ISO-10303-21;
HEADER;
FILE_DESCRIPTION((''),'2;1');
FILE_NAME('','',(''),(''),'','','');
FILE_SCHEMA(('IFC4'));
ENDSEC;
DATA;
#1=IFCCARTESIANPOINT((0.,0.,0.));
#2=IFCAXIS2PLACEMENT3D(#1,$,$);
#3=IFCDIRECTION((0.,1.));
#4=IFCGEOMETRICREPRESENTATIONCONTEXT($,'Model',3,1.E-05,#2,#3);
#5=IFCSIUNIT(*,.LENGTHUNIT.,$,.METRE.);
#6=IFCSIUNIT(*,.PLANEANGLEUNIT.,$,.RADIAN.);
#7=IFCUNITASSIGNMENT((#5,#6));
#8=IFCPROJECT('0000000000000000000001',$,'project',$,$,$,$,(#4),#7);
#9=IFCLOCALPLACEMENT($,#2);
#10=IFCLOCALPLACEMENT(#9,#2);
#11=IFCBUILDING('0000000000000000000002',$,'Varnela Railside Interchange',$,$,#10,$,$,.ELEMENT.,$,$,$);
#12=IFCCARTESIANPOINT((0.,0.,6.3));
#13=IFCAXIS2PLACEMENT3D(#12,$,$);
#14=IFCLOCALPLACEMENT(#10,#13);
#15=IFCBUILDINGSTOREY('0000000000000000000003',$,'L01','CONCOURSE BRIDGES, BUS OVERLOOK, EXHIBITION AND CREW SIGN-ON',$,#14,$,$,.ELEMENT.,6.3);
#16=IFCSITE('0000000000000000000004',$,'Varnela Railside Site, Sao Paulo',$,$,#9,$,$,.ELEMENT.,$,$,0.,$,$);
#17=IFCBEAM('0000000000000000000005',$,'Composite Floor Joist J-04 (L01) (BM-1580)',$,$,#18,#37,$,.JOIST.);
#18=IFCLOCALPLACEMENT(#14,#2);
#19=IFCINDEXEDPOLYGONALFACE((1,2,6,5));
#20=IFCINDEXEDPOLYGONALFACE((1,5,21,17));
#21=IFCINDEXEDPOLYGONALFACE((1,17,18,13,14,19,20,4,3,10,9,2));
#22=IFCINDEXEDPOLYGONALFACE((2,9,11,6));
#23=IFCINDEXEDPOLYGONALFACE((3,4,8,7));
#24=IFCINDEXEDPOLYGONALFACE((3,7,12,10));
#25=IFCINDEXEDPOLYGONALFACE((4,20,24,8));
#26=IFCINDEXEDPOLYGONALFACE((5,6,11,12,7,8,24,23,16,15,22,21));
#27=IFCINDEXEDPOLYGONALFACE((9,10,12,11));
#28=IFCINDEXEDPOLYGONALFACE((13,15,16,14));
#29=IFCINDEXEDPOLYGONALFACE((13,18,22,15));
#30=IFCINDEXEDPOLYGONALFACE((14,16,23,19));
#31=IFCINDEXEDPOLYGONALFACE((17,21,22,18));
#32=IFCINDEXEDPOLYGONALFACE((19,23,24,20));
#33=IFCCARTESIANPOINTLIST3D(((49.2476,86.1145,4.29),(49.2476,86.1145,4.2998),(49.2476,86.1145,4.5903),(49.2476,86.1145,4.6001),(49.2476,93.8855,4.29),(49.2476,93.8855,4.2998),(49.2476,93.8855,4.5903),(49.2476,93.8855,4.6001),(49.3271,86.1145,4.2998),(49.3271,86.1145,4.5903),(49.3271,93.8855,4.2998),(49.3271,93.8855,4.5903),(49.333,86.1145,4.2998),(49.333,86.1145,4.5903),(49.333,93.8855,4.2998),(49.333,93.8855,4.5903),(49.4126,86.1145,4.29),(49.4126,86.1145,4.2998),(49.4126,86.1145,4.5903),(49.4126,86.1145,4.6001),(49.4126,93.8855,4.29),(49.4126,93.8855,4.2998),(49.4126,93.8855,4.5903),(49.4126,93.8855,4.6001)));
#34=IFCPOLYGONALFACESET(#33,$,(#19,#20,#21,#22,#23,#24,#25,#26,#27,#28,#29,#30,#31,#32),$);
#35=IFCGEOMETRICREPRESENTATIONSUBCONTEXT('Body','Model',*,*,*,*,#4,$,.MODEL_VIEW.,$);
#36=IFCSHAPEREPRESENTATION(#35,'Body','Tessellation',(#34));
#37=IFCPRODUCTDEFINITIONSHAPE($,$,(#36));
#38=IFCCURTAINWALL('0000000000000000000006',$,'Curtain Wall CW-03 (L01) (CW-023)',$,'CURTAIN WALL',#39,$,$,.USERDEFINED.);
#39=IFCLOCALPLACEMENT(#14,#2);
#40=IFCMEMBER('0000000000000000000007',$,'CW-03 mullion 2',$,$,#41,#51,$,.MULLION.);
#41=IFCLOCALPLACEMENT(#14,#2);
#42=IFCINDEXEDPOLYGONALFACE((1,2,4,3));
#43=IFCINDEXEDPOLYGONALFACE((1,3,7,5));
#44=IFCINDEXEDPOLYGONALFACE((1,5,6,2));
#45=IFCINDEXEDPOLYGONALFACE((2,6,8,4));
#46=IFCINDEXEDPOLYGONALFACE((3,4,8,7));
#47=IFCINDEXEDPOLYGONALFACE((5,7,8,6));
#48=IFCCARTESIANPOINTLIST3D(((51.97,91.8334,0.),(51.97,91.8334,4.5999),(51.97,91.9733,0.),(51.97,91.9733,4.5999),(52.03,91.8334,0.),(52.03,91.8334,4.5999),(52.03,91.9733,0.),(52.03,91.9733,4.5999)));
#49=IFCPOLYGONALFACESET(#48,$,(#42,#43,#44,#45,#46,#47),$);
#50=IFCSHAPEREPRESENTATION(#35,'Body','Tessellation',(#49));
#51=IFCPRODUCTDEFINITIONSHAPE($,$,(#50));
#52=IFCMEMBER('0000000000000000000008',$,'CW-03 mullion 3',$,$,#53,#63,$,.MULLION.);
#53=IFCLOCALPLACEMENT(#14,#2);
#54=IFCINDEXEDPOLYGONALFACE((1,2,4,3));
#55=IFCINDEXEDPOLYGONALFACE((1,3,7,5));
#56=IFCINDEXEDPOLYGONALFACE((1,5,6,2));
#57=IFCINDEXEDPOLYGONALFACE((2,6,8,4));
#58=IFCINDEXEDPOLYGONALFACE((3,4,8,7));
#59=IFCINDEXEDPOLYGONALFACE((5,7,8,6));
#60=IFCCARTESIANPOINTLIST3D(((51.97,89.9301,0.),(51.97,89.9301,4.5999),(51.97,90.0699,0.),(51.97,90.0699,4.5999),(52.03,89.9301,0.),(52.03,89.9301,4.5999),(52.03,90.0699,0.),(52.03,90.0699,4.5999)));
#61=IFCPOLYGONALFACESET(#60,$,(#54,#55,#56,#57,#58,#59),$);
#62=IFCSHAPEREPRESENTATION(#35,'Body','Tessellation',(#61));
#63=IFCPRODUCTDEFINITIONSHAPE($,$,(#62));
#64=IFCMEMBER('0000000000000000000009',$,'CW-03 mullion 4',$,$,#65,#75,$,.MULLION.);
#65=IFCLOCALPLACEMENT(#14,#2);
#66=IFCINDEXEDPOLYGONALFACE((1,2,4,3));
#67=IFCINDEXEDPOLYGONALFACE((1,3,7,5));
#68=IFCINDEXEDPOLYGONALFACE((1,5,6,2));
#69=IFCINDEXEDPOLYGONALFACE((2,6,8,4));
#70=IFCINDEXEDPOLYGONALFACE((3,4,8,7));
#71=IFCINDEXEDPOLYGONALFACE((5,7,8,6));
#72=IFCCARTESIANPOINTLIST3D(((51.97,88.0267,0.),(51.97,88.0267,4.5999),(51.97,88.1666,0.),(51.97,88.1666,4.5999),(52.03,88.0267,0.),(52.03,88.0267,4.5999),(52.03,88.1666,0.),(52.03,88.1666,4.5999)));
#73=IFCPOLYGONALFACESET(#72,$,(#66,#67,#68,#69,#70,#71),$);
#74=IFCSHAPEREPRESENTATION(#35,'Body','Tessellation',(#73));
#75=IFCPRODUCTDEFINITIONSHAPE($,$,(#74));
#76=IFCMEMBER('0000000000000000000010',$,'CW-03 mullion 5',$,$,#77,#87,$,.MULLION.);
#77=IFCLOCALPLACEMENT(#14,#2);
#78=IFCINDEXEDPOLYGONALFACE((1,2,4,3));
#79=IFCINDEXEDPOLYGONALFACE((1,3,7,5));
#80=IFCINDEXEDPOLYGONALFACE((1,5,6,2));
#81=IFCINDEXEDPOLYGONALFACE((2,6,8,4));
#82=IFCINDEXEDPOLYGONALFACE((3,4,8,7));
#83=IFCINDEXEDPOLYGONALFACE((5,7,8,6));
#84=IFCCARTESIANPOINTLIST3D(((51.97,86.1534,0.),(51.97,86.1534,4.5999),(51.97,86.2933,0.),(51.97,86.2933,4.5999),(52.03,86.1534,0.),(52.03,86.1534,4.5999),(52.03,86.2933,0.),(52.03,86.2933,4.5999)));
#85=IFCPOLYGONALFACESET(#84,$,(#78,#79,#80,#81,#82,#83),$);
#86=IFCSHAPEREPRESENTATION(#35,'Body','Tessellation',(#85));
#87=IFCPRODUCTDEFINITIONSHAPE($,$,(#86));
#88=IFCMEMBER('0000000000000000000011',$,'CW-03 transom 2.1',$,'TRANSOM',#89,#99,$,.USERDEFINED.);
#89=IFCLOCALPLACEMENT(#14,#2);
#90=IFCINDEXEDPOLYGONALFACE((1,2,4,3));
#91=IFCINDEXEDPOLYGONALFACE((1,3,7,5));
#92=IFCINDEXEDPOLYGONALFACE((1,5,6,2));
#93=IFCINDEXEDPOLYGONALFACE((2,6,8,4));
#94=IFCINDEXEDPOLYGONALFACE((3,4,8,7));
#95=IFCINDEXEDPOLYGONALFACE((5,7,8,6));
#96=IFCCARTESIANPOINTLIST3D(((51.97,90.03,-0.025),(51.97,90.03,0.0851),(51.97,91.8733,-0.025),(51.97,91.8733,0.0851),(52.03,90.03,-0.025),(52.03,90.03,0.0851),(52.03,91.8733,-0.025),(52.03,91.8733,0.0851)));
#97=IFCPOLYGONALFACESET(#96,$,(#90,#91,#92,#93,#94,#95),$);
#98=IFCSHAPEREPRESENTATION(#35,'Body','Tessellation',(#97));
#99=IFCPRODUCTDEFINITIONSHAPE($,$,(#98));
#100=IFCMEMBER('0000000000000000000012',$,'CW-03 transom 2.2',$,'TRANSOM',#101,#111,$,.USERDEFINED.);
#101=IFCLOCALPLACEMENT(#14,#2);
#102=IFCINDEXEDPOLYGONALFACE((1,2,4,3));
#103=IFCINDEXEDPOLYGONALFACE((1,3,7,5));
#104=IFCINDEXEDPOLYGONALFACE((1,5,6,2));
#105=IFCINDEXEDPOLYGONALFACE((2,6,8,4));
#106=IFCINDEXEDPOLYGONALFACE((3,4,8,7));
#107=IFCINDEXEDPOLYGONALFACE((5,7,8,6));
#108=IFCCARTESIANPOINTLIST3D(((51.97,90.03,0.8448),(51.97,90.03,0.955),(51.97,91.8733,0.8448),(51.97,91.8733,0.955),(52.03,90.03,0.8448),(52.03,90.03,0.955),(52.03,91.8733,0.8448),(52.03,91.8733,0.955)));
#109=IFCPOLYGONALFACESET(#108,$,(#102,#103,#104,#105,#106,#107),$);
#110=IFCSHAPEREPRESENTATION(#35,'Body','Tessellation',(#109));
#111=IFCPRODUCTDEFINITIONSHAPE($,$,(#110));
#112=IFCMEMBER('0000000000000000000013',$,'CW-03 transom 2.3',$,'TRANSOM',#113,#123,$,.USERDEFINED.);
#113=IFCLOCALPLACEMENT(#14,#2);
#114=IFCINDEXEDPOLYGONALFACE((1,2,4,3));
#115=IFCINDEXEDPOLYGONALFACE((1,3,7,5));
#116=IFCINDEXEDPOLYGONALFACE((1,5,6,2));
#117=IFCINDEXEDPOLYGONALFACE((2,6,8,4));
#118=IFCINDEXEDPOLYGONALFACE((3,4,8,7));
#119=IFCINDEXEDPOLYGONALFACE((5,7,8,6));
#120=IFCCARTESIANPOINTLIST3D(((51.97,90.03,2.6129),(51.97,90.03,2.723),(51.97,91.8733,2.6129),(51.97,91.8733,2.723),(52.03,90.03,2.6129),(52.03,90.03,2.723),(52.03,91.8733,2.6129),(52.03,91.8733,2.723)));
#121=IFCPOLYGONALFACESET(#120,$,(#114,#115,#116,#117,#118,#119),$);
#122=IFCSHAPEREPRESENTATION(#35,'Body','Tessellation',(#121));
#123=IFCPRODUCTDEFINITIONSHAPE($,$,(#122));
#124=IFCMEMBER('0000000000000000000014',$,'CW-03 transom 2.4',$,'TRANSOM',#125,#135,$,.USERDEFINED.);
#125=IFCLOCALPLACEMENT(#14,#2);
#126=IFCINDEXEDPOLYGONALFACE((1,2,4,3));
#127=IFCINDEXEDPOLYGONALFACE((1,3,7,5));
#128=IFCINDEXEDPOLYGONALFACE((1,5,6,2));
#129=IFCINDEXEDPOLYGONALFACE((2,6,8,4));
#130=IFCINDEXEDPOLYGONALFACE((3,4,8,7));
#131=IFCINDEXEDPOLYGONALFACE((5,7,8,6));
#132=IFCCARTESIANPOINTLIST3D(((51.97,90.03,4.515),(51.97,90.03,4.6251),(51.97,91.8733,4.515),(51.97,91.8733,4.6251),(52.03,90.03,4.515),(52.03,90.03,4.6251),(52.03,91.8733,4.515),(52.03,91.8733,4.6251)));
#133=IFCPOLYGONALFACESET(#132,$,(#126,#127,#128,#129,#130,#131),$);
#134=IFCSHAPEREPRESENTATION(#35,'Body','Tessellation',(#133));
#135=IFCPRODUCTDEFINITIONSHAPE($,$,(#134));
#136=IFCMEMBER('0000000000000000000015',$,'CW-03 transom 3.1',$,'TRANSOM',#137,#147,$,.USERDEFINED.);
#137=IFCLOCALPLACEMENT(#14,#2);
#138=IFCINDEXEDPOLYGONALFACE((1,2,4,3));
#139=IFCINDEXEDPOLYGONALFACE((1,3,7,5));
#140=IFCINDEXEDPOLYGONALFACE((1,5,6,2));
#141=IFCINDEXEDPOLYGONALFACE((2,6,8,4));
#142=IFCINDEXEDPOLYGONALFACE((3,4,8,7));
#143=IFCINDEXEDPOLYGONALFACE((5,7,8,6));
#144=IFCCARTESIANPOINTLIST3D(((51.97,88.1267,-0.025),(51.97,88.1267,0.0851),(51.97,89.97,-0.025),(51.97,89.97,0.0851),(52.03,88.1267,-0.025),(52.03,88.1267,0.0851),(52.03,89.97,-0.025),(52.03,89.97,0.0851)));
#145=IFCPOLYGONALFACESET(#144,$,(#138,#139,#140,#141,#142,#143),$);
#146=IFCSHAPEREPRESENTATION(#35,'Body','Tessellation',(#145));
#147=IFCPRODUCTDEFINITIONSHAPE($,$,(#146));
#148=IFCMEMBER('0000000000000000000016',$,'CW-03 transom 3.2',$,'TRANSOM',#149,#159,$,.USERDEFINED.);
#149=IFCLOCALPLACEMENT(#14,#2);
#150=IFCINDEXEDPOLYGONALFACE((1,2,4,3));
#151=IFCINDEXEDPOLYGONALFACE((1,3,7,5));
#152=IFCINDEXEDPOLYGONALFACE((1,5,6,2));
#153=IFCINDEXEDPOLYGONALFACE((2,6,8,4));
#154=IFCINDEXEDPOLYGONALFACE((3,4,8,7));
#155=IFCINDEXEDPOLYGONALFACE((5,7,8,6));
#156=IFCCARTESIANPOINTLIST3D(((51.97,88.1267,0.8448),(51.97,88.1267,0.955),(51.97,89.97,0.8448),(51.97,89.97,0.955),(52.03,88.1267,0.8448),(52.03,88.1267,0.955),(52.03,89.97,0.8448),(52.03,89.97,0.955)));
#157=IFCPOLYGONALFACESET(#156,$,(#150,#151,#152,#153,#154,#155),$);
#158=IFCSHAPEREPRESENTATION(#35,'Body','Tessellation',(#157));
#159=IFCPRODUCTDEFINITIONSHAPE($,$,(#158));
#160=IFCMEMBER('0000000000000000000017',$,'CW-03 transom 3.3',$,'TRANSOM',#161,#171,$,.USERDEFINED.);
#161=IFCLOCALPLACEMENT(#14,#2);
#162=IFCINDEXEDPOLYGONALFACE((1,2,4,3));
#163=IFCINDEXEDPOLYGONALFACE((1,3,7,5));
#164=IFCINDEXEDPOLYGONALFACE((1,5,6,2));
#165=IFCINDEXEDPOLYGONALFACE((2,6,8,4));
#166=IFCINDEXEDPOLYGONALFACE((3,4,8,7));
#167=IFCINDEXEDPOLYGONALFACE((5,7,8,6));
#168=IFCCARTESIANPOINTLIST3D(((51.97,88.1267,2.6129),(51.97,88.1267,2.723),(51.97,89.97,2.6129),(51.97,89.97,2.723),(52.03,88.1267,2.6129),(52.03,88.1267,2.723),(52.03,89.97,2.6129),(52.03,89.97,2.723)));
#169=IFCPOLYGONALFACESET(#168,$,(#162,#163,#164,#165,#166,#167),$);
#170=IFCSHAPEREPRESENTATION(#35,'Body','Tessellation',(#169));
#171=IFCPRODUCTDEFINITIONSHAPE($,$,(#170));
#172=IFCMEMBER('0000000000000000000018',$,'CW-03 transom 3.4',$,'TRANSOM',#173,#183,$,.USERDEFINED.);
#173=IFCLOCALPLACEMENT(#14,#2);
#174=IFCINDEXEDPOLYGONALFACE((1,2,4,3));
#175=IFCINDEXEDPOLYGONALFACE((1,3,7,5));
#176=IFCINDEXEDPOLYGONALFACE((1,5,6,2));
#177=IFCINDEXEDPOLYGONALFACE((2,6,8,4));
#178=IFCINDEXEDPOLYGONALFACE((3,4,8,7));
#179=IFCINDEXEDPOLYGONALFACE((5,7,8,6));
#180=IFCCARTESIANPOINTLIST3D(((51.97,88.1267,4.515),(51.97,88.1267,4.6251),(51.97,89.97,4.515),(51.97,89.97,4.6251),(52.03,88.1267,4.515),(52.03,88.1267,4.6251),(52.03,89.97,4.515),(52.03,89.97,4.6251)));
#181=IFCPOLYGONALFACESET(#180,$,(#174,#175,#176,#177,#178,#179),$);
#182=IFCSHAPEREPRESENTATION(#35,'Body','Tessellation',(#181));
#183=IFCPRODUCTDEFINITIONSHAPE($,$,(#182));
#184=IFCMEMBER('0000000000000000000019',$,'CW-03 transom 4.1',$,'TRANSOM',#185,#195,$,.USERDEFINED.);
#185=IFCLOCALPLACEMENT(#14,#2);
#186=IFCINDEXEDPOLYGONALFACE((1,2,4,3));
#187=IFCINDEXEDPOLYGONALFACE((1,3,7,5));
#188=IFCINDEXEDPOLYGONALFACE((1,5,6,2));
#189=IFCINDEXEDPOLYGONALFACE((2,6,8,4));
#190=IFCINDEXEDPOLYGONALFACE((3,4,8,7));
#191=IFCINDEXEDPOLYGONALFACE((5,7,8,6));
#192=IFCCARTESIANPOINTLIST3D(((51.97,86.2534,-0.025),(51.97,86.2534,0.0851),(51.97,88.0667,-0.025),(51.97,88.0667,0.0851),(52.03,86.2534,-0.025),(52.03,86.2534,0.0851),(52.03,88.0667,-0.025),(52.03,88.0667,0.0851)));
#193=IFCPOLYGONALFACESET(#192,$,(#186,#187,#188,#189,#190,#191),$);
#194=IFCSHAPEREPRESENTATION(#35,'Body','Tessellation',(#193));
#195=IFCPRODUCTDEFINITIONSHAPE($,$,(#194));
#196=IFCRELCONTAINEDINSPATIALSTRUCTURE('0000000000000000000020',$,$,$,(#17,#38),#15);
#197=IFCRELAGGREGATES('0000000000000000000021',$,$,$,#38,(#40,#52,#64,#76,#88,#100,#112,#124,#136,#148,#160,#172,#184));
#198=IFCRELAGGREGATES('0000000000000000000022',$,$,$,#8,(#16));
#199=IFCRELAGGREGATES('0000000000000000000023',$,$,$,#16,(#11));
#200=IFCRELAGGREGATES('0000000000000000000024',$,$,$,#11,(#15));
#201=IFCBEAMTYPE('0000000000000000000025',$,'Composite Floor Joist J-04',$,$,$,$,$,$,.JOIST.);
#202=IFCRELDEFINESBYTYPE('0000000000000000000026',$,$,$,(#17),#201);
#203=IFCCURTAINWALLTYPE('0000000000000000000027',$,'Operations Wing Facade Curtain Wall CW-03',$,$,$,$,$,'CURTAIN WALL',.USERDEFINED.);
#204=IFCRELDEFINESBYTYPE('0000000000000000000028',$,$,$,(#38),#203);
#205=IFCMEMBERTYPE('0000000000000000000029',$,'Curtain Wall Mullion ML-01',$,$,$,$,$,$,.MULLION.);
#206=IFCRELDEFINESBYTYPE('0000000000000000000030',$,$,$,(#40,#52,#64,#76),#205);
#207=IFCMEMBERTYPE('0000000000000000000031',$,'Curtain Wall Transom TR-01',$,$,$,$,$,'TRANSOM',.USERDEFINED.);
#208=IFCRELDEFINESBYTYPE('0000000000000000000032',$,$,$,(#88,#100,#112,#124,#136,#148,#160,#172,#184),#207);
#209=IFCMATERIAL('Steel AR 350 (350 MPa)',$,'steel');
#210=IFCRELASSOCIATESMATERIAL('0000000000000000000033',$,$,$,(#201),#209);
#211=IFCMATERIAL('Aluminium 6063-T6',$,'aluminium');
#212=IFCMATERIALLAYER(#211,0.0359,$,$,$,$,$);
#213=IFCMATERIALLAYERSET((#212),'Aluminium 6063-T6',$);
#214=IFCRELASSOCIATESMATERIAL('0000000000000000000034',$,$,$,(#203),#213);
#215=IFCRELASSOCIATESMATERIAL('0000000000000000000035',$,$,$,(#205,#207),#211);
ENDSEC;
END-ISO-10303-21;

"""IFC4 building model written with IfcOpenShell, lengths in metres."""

from ifc_helpers import new_model, si_unit, direction, frame, origin, origin_2d, place, context, subcontext, project, spatial, rectangle, i_section, extrude, material, layer, layer_set, material_profile, profile_set, type_object, element, aggregate, save


model = new_model("IFC4")

# Units and contexts
model_context = context("Model", 3, precision=1e-05, world=origin(), true_north=direction((0.0, 1.0)))
body_context = subcontext(model_context, "Body", "Model", "MODEL_VIEW")
ifc_project = project(units=[si_unit("LENGTHUNIT", "METRE"), si_unit("PLANEANGLEUNIT", "RADIAN")], contexts=[model_context])

# Site, building, storey
site_placement = place(None, origin())
site = spatial("IfcSite", under=ifc_project, at=site_placement, Name="Varnela Railside Site, Sao Paulo", CompositionType="ELEMENT", RefElevation=0.0)
building_placement = place(site_placement, origin())
building = spatial("IfcBuilding", under=site, at=building_placement, Name="Varnela Railside Interchange", CompositionType="ELEMENT")
storey_placement = place(building_placement, frame((0.0, 0.0, 6.3)))
storey = spatial("IfcBuildingStorey", under=building, at=storey_placement, Name="L01", Description="CONCOURSE BRIDGES, BUS OVERLOOK, EXHIBITION AND CREW SIGN-ON", CompositionType="ELEMENT", Elevation=6.3)

# Beam
ifc_material_1 = material(Name="Steel AR 350 (350 MPa)", Category="steel")
ifc_material_profile_1 = material_profile(ifc_material_1, i_section(OverallWidth=0.165, OverallDepth=0.3101, WebThickness=0.0059, FlangeThickness=0.0098, at=origin_2d()), Name="W310x38.7")
ifc_profile_set_1 = profile_set([ifc_material_profile_1], Name="Steel AR 350 (350 MPa)")
beam_type_1 = type_object("IfcBeamType", Name="Composite Floor Joist J-04", PredefinedType="JOIST", material=ifc_profile_set_1)
beam_1_placement = place(storey_placement, frame((49.3301, 86.1145, 4.4451), z_axis=(0.0, 1.0, 0.0), x_axis=(-1.0, 0.0, 0.0)))
element("IfcBeam", 1, at=beam_1_placement, inside=storey, type_object=beam_type_1, Name="Composite Floor Joist J-04 (L01) (BM-1580)", PredefinedType="JOIST", context=body_context, shape_type="SweptSolid", body=[
    extrude(i_section(OverallWidth=0.165, OverallDepth=0.3101, WebThickness=0.0059, FlangeThickness=0.0098, at=origin_2d()), origin(), (0.0, 0.0, 1.0), 7.771),
])

# Curtain wall, members
ifc_material_2 = material(Name="Aluminium 6063-T6", Category="aluminium")
ifc_layer_1 = layer(ifc_material_2, 0.0359)
ifc_layer_set_1 = layer_set([ifc_layer_1], Name="Aluminium 6063-T6")
curtain_wall_type = type_object("IfcCurtainWallType", Name="Operations Wing Facade Curtain Wall CW-03", ElementType="CURTAIN WALL", PredefinedType="USERDEFINED", material=ifc_layer_set_1)
curtain_wall_placement = place(storey_placement, origin())
curtain_wall = element("IfcCurtainWall", 2, at=curtain_wall_placement, inside=storey, type_object=curtain_wall_type, Name="Curtain Wall CW-03 (L01) (CW-023)", ObjectType="CURTAIN WALL", PredefinedType="USERDEFINED")
ifc_material_profile_2 = material_profile(ifc_material_2, rectangle(XDim=0.0601, YDim=0.1399, at=origin_2d()), Name="ALU 60x140")
ifc_profile_set_2 = profile_set([ifc_material_profile_2], Name="Aluminium 6063-T6")
member_type_1 = type_object("IfcMemberType", Name="Curtain Wall Mullion ML-01", PredefinedType="MULLION", material=ifc_profile_set_2)
member_1_placement = place(storey_placement, frame((52.0, 91.9033, 0.0), z_axis=(0.0, 0.0, 1.0), x_axis=(1.0, 0.0, 0.0)))
member_1 = element("IfcMember", 3, at=member_1_placement, type_object=member_type_1, Name="CW-03 mullion 2", PredefinedType="MULLION", context=body_context, shape_type="SweptSolid", body=[
    extrude(rectangle(XDim=0.0601, YDim=0.1399, at=origin_2d()), origin(), (0.0, 0.0, 1.0), 4.5999),
])
member_2_placement = place(storey_placement, frame((52.0, 90.0, 0.0), z_axis=(0.0, 0.0, 1.0), x_axis=(1.0, 0.0, 0.0)))
member_2 = element("IfcMember", 4, at=member_2_placement, type_object=member_type_1, Name="CW-03 mullion 3", PredefinedType="MULLION", context=body_context, shape_type="SweptSolid", body=[
    extrude(rectangle(XDim=0.0601, YDim=0.1399, at=origin_2d()), origin(), (0.0, 0.0, 1.0), 4.5999),
])
member_3_placement = place(storey_placement, frame((52.0, 88.0967, 0.0), z_axis=(0.0, 0.0, 1.0), x_axis=(1.0, 0.0, 0.0)))
member_3 = element("IfcMember", 5, at=member_3_placement, type_object=member_type_1, Name="CW-03 mullion 4", PredefinedType="MULLION", context=body_context, shape_type="SweptSolid", body=[
    extrude(rectangle(XDim=0.0601, YDim=0.1399, at=origin_2d()), origin(), (0.0, 0.0, 1.0), 4.5999),
])
member_4_placement = place(storey_placement, frame((52.0, 86.2234, 0.0), z_axis=(0.0, 0.0, 1.0), x_axis=(1.0, 0.0, 0.0)))
member_4 = element("IfcMember", 6, at=member_4_placement, type_object=member_type_1, Name="CW-03 mullion 5", PredefinedType="MULLION", context=body_context, shape_type="SweptSolid", body=[
    extrude(rectangle(XDim=0.0601, YDim=0.1399, at=origin_2d()), origin(), (0.0, 0.0, 1.0), 4.5999),
])
ifc_material_profile_3 = material_profile(ifc_material_2, rectangle(XDim=0.0601, YDim=0.1101, at=origin_2d()), Name="ALU 60x110")
ifc_profile_set_3 = profile_set([ifc_material_profile_3], Name="Aluminium 6063-T6")
member_type_2 = type_object("IfcMemberType", Name="Curtain Wall Transom TR-01", ElementType="TRANSOM", PredefinedType="USERDEFINED", material=ifc_profile_set_3)
member_5_placement = place(storey_placement, frame((52.0, 91.8733, 0.03), z_axis=(0.0, -1.0, 0.0), x_axis=(1.0, 0.0, 0.0)))
member_5 = element("IfcMember", 7, at=member_5_placement, type_object=member_type_2, Name="CW-03 transom 2.1", ObjectType="TRANSOM", PredefinedType="USERDEFINED", context=body_context, shape_type="SweptSolid", body=[
    extrude(rectangle(XDim=0.0601, YDim=0.1101, at=origin_2d()), origin(), (0.0, 0.0, 1.0), 1.8433),
])
member_6_placement = place(storey_placement, frame((52.0, 91.8733, 0.8999), z_axis=(0.0, -1.0, 0.0), x_axis=(1.0, 0.0, 0.0)))
member_6 = element("IfcMember", 8, at=member_6_placement, type_object=member_type_2, Name="CW-03 transom 2.2", ObjectType="TRANSOM", PredefinedType="USERDEFINED", context=body_context, shape_type="SweptSolid", body=[
    extrude(rectangle(XDim=0.0601, YDim=0.1101, at=origin_2d()), origin(), (0.0, 0.0, 1.0), 1.8433),
])
member_7_placement = place(storey_placement, frame((52.0, 91.8733, 2.668), z_axis=(0.0, -1.0, 0.0), x_axis=(1.0, 0.0, 0.0)))
member_7 = element("IfcMember", 9, at=member_7_placement, type_object=member_type_2, Name="CW-03 transom 2.3", ObjectType="TRANSOM", PredefinedType="USERDEFINED", context=body_context, shape_type="SweptSolid", body=[
    extrude(rectangle(XDim=0.0601, YDim=0.1101, at=origin_2d()), origin(), (0.0, 0.0, 1.0), 1.8433),
])
member_8_placement = place(storey_placement, frame((52.0, 91.8733, 4.5701), z_axis=(0.0, -1.0, 0.0), x_axis=(1.0, 0.0, 0.0)))
member_8 = element("IfcMember", 10, at=member_8_placement, type_object=member_type_2, Name="CW-03 transom 2.4", ObjectType="TRANSOM", PredefinedType="USERDEFINED", context=body_context, shape_type="SweptSolid", body=[
    extrude(rectangle(XDim=0.0601, YDim=0.1101, at=origin_2d()), origin(), (0.0, 0.0, 1.0), 1.8433),
])
member_9_placement = place(storey_placement, frame((52.0, 89.97, 0.03), z_axis=(0.0, -1.0, 0.0), x_axis=(1.0, 0.0, 0.0)))
member_9 = element("IfcMember", 11, at=member_9_placement, type_object=member_type_2, Name="CW-03 transom 3.1", ObjectType="TRANSOM", PredefinedType="USERDEFINED", context=body_context, shape_type="SweptSolid", body=[
    extrude(rectangle(XDim=0.0601, YDim=0.1101, at=origin_2d()), origin(), (0.0, 0.0, 1.0), 1.8433),
])
member_10_placement = place(storey_placement, frame((52.0, 89.97, 0.8999), z_axis=(0.0, -1.0, 0.0), x_axis=(1.0, 0.0, 0.0)))
member_10 = element("IfcMember", 12, at=member_10_placement, type_object=member_type_2, Name="CW-03 transom 3.2", ObjectType="TRANSOM", PredefinedType="USERDEFINED", context=body_context, shape_type="SweptSolid", body=[
    extrude(rectangle(XDim=0.0601, YDim=0.1101, at=origin_2d()), origin(), (0.0, 0.0, 1.0), 1.8433),
])
member_11_placement = place(storey_placement, frame((52.0, 89.97, 2.668), z_axis=(0.0, -1.0, 0.0), x_axis=(1.0, 0.0, 0.0)))
member_11 = element("IfcMember", 13, at=member_11_placement, type_object=member_type_2, Name="CW-03 transom 3.3", ObjectType="TRANSOM", PredefinedType="USERDEFINED", context=body_context, shape_type="SweptSolid", body=[
    extrude(rectangle(XDim=0.0601, YDim=0.1101, at=origin_2d()), origin(), (0.0, 0.0, 1.0), 1.8433),
])
member_12_placement = place(storey_placement, frame((52.0, 89.97, 4.5701), z_axis=(0.0, -1.0, 0.0), x_axis=(1.0, 0.0, 0.0)))
member_12 = element("IfcMember", 14, at=member_12_placement, type_object=member_type_2, Name="CW-03 transom 3.4", ObjectType="TRANSOM", PredefinedType="USERDEFINED", context=body_context, shape_type="SweptSolid", body=[
    extrude(rectangle(XDim=0.0601, YDim=0.1101, at=origin_2d()), origin(), (0.0, 0.0, 1.0), 1.8433),
])
member_13_placement = place(storey_placement, frame((52.0, 88.0667, 0.03), z_axis=(0.0, -1.0, 0.0), x_axis=(1.0, 0.0, 0.0)))
member_13 = element("IfcMember", 15, at=member_13_placement, type_object=member_type_2, Name="CW-03 transom 4.1", ObjectType="TRANSOM", PredefinedType="USERDEFINED", context=body_context, shape_type="SweptSolid", body=[
    extrude(rectangle(XDim=0.0601, YDim=0.1101, at=origin_2d()), origin(), (0.0, 0.0, 1.0), 1.8132),
])

aggregate(curtain_wall, [member_1, member_2, member_3, member_4, member_5, member_6, member_7, member_8, member_9, member_10, member_11, member_12, member_13])

save(model, "model.ifc")
